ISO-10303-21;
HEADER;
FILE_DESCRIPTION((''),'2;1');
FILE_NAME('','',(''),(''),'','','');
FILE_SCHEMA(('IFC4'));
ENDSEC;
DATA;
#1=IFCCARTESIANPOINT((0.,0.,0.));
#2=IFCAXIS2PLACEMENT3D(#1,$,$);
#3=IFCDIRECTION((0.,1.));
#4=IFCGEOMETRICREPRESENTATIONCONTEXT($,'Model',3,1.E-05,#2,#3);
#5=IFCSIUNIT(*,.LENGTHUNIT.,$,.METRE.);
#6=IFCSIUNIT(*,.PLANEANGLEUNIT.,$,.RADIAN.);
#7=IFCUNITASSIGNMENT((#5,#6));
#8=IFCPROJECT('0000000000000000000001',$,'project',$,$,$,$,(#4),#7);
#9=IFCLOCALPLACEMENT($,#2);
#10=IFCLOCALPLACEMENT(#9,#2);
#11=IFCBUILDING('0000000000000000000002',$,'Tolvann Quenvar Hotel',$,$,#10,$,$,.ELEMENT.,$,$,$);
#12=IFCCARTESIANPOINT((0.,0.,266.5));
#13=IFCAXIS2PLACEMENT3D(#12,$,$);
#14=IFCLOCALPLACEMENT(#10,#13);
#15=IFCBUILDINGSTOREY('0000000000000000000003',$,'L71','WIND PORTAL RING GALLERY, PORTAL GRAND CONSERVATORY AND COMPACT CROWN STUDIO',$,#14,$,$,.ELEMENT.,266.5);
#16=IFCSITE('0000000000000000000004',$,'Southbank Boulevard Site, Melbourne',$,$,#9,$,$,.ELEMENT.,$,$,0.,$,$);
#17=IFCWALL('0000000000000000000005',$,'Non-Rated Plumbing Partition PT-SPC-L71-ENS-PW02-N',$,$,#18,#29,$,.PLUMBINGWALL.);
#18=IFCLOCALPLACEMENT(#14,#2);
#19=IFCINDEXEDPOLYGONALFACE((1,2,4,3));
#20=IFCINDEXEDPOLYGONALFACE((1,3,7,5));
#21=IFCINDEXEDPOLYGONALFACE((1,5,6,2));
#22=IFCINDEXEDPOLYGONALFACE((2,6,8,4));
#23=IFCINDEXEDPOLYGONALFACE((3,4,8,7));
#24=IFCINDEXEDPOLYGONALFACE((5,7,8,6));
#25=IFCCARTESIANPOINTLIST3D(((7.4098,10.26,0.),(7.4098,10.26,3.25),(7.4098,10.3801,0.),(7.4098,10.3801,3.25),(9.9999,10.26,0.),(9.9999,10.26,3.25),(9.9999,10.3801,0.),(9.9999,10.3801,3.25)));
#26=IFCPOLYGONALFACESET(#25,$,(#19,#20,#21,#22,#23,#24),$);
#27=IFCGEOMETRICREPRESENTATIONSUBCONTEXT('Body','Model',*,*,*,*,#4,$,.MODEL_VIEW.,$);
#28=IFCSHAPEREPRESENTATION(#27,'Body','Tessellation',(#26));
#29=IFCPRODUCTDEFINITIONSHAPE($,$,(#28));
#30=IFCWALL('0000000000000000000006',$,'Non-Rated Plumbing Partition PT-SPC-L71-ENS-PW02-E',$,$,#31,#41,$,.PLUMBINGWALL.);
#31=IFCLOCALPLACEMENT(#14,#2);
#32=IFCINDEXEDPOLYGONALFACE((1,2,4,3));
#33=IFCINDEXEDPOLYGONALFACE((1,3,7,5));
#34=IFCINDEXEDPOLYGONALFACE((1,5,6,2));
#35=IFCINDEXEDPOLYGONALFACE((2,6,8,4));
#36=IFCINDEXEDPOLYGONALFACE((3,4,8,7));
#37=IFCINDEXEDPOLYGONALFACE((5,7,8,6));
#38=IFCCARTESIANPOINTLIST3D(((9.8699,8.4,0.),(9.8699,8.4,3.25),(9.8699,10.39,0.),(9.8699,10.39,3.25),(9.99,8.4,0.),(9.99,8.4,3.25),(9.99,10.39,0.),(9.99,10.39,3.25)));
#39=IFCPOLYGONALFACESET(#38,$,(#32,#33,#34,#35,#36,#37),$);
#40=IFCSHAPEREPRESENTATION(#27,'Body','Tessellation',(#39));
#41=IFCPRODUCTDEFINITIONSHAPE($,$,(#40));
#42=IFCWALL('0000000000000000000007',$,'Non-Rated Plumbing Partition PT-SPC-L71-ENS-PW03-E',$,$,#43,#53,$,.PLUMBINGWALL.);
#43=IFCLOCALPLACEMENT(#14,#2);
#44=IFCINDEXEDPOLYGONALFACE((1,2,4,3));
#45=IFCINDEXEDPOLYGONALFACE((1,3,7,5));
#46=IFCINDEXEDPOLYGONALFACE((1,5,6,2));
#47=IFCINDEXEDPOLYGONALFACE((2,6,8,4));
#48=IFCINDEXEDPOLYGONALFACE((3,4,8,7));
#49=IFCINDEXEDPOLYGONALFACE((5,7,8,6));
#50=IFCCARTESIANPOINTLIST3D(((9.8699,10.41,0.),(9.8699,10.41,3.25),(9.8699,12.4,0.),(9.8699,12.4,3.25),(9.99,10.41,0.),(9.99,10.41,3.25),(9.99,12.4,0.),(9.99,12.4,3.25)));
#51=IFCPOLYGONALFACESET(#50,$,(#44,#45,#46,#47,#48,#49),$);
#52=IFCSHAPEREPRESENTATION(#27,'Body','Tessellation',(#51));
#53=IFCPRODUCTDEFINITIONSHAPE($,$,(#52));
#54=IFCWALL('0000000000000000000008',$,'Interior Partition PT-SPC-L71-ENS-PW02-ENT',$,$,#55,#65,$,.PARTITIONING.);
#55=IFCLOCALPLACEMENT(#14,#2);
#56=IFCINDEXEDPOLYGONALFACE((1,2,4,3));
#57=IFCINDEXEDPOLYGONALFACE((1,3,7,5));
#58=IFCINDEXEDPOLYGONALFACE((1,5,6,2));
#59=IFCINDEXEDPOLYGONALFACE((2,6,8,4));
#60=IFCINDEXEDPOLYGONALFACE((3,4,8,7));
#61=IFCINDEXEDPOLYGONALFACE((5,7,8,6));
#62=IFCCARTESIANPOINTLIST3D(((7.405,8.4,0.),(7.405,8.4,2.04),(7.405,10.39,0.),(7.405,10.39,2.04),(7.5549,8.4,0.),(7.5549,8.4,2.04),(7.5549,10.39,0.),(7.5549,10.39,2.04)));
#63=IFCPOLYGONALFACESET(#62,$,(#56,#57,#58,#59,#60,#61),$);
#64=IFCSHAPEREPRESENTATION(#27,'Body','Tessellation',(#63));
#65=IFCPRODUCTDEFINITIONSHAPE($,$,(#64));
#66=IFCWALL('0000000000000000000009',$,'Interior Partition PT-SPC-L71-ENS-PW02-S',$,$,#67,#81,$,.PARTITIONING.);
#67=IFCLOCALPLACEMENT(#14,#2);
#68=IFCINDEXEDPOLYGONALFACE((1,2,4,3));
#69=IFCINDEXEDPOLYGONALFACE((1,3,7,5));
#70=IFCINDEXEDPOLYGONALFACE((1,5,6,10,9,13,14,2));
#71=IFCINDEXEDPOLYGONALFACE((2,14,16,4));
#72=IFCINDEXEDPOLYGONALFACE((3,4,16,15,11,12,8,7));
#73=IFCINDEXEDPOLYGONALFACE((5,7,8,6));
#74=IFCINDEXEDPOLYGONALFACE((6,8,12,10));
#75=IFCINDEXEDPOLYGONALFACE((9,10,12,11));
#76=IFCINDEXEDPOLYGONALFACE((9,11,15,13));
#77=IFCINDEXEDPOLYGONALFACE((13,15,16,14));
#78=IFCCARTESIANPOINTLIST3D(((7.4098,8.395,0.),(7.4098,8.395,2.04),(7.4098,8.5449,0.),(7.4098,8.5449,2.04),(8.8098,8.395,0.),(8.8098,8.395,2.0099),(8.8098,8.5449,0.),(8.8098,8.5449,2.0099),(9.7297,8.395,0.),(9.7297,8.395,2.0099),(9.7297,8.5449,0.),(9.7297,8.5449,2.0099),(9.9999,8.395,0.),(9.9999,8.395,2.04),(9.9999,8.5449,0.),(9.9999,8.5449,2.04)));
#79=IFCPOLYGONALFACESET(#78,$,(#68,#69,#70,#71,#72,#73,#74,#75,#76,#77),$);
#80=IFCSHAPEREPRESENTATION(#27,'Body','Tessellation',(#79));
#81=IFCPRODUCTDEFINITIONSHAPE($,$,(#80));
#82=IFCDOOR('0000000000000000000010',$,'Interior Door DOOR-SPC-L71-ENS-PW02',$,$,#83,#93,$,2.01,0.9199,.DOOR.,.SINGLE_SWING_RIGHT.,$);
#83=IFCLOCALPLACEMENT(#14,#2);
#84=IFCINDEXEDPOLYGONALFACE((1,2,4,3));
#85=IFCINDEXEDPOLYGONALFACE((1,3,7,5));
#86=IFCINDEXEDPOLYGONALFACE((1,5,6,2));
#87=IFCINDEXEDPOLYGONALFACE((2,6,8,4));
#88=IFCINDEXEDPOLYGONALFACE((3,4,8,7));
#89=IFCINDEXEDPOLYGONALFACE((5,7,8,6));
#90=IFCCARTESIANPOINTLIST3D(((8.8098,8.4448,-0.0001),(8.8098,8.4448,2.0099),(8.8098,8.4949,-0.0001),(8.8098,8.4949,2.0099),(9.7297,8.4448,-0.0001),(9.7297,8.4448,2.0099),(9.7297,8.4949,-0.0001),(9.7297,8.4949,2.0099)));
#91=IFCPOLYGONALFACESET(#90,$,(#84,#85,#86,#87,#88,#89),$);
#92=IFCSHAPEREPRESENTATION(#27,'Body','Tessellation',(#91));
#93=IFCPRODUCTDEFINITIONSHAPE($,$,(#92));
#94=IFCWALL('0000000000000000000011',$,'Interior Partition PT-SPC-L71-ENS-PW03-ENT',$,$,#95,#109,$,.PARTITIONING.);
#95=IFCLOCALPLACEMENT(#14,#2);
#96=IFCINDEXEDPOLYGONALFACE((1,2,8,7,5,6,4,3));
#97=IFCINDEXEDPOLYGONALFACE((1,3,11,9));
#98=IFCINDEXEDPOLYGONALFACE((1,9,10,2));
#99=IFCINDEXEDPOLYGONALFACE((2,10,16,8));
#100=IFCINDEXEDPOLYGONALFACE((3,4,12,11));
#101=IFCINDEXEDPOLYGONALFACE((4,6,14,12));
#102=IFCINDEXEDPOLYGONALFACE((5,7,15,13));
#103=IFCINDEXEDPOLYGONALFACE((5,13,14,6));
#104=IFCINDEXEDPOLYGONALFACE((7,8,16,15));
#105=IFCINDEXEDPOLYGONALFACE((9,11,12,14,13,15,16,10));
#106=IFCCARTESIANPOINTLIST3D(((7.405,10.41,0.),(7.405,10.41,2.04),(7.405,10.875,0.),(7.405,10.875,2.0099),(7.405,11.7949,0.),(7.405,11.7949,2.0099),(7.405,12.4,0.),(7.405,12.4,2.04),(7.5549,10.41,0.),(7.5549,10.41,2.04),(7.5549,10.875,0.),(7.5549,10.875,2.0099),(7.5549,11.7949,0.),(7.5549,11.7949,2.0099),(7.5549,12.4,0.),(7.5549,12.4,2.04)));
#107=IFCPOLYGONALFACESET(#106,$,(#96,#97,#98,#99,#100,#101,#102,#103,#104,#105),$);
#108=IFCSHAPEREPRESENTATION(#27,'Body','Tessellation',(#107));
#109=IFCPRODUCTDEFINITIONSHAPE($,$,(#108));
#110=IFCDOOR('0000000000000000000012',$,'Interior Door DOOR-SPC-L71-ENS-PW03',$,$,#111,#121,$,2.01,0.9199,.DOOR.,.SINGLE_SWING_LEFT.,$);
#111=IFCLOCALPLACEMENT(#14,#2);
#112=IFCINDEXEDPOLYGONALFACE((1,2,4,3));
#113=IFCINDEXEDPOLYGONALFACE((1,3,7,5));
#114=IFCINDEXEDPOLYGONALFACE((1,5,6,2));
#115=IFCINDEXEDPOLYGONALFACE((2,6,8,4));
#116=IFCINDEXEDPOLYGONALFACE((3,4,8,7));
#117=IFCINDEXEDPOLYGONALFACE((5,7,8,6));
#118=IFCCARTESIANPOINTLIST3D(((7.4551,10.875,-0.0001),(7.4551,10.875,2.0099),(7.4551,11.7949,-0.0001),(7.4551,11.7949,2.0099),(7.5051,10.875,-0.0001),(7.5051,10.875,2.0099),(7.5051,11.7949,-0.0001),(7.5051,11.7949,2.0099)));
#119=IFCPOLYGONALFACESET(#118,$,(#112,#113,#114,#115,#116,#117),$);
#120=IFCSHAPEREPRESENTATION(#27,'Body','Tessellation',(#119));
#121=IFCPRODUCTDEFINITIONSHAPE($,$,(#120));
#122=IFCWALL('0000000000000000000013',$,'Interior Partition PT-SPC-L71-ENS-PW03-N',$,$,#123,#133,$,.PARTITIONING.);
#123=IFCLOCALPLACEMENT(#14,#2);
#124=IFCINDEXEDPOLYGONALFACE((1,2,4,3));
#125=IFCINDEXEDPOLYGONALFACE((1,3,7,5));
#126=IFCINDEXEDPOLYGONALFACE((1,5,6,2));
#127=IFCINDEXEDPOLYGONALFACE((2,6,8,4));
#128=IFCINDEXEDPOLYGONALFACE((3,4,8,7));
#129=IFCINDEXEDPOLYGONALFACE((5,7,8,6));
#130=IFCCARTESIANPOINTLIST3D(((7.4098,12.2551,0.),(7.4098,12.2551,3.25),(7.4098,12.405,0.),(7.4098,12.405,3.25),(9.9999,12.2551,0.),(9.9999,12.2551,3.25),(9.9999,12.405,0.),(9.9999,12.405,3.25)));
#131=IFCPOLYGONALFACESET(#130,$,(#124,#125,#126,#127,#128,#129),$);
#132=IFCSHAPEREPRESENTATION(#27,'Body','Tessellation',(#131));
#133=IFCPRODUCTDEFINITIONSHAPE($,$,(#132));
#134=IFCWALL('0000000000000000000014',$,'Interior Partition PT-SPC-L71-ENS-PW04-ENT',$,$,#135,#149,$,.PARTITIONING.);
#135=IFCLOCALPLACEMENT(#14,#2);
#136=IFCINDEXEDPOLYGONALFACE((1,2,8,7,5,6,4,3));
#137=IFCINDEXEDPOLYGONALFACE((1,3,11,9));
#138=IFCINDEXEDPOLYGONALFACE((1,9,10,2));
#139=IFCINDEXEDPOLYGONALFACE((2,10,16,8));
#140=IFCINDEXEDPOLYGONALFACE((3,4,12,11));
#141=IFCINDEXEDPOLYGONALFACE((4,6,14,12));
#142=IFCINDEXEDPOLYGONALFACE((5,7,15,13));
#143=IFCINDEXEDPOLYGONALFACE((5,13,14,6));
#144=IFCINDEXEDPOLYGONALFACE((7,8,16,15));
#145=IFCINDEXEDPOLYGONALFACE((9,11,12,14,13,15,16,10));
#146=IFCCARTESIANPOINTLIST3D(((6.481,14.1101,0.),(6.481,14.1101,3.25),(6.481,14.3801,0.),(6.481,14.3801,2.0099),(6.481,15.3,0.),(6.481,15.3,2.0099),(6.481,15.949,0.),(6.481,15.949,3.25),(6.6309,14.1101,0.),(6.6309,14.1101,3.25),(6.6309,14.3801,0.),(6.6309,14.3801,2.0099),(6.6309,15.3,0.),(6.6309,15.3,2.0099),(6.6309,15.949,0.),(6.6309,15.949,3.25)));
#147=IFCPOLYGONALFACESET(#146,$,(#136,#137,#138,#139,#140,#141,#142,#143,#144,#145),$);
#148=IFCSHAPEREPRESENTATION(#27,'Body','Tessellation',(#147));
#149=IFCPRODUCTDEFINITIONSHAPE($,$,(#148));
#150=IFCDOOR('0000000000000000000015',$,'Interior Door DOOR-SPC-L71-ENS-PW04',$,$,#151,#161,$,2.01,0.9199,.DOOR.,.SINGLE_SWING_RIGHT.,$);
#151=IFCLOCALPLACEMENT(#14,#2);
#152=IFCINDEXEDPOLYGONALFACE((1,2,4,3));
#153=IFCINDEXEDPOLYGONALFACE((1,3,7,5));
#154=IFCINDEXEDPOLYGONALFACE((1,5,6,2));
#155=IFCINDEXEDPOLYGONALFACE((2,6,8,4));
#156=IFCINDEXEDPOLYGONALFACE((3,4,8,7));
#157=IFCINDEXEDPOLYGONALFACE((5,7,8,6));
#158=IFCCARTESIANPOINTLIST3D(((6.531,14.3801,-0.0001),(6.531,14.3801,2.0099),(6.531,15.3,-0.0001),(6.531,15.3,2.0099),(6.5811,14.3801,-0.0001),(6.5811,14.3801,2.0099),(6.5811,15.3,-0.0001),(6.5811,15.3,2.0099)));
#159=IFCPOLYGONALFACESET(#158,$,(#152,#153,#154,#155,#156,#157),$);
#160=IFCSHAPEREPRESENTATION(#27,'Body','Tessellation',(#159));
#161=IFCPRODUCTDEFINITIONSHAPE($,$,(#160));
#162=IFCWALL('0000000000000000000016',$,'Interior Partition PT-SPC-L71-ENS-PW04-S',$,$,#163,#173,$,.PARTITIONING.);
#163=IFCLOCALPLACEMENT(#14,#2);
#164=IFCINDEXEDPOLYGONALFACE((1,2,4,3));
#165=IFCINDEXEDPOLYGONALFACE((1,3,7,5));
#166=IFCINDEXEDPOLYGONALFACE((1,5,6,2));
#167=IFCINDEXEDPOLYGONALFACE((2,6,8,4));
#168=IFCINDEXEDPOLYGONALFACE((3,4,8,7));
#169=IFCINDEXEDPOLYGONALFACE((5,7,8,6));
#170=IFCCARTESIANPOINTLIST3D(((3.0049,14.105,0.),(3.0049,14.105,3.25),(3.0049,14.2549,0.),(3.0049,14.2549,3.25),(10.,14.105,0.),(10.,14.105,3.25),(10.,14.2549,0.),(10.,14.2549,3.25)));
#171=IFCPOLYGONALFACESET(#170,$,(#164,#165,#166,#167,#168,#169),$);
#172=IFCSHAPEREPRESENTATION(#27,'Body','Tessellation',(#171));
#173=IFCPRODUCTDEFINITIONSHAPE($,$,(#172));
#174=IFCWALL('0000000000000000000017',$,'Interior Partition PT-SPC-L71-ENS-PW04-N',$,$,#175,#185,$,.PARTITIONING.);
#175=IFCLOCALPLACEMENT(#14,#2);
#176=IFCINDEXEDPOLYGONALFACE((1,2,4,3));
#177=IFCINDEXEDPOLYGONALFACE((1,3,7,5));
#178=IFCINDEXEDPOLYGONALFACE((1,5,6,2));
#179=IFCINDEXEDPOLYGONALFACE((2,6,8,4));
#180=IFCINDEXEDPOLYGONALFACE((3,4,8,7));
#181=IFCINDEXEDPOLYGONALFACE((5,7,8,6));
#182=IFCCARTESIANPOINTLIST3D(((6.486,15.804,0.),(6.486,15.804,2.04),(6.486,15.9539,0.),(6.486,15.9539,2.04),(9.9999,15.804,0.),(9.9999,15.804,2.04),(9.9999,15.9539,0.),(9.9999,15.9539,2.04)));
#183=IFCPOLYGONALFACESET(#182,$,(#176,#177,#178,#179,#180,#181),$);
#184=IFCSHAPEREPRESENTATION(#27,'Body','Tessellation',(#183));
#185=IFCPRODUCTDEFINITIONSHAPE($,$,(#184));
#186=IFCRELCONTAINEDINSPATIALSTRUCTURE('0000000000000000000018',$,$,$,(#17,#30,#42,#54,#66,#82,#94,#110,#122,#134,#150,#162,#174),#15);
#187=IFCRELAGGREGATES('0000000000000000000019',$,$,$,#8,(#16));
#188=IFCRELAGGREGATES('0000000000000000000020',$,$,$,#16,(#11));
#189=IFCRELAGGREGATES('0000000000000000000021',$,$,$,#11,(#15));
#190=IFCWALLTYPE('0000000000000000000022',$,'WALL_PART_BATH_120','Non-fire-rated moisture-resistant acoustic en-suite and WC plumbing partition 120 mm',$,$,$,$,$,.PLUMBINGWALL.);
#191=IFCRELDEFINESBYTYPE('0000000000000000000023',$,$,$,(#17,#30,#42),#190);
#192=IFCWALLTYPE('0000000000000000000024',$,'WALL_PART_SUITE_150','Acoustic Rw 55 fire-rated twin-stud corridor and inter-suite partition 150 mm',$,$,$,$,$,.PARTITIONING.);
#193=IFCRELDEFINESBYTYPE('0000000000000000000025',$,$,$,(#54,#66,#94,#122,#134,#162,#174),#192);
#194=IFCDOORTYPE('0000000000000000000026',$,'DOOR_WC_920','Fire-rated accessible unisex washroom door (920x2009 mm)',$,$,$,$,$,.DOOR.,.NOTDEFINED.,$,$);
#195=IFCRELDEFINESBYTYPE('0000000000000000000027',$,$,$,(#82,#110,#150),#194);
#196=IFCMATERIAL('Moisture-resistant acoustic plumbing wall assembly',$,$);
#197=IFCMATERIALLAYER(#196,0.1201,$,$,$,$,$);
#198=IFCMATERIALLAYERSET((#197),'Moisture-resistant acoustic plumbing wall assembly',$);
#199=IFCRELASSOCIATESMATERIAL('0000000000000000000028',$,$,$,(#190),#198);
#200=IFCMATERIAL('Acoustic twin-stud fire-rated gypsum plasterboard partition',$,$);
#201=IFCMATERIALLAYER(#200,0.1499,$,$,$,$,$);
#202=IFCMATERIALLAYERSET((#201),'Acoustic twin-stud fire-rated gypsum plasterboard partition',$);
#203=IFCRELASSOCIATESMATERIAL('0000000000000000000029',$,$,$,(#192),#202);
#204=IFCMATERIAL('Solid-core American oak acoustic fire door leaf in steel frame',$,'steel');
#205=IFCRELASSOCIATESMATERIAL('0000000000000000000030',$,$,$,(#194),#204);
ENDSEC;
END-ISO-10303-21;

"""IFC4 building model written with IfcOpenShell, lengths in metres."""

from ifc_helpers import new_model, si_unit, direction, frame, frame_2d, origin, place, context, subcontext, project, spatial, rectangle, extrude, source, transform, mapped, material, layer, layer_set, type_object, type_shapes, element, fill, save


model = new_model("IFC4")

# Units and contexts
model_context = context("Model", 3, precision=1e-05, world=origin(), true_north=direction((0.0, 1.0)))
body_context = subcontext(model_context, "Body", "Model", "MODEL_VIEW")
ifc_project = project(units=[si_unit("LENGTHUNIT", "METRE"), si_unit("PLANEANGLEUNIT", "RADIAN")], contexts=[model_context])

# Site, building, storey
site_placement = place(None, origin())
site = spatial("IfcSite", under=ifc_project, at=site_placement, Name="Southbank Boulevard Site, Melbourne", CompositionType="ELEMENT", RefElevation=0.0)
building_placement = place(site_placement, origin())
building = spatial("IfcBuilding", under=site, at=building_placement, Name="Tolvann Quenvar Hotel", CompositionType="ELEMENT")
storey_placement = place(building_placement, frame((0.0, 0.0, 266.5)))
storey = spatial("IfcBuildingStorey", under=building, at=storey_placement, Name="L71", Description="WIND PORTAL RING GALLERY, PORTAL GRAND CONSERVATORY AND COMPACT CROWN STUDIO", CompositionType="ELEMENT", Elevation=266.5)

# Walls
ifc_material_1 = material(Name="Moisture-resistant acoustic plumbing wall assembly")
ifc_layer_1 = layer(ifc_material_1, 0.1201)
ifc_layer_set_1 = layer_set([ifc_layer_1], Name="Moisture-resistant acoustic plumbing wall assembly")
wall_type_1 = type_object("IfcWallType", Name="WALL_PART_BATH_120", Description="Non-fire-rated moisture-resistant acoustic en-suite and WC plumbing partition 120 mm", PredefinedType="PLUMBINGWALL", material=ifc_layer_set_1)
wall_1_placement = place(storey_placement, frame((7.4099, 10.3201, 0.0), z_axis=(0.0, 0.0, 1.0), x_axis=(1.0, 0.0, 0.0)))
element("IfcWall", 1, at=wall_1_placement, inside=storey, type_object=wall_type_1, Name="Non-Rated Plumbing Partition PT-SPC-L71-ENS-PW02-N", PredefinedType="PLUMBINGWALL", context=body_context, shape_type="SweptSolid", body=[
    extrude(rectangle(XDim=2.5901, YDim=0.1201, at=frame_2d((1.2949, 0.0))), origin(), (0.0, 0.0, 1.0), 3.25),
])
for number, where, z_axis, x_axis, name in (
    (2, (9.9299, 8.3999, 0.0), (0.0, 0.0, 1.0), (0.0, 1.0, 0.0), "Non-Rated Plumbing Partition PT-SPC-L71-ENS-PW02-E"),
    (3, (9.9299, 10.4099, 0.0), (0.0, 0.0, 1.0), (0.0, 1.0, 0.0), "Non-Rated Plumbing Partition PT-SPC-L71-ENS-PW03-E"),
):
    element("IfcWall", number, at=place(storey_placement, frame(where, z_axis=z_axis, x_axis=x_axis)), inside=storey, type_object=wall_type_1, Name=name, PredefinedType="PLUMBINGWALL", context=body_context, shape_type="SweptSolid", body=[
        extrude(rectangle(XDim=1.99, YDim=0.1201, at=frame_2d((0.9951, 0.0))), origin(), (0.0, 0.0, 1.0), 3.25),
    ])
ifc_material_2 = material(Name="Acoustic twin-stud fire-rated gypsum plasterboard partition")
ifc_layer_2 = layer(ifc_material_2, 0.1499)
ifc_layer_set_2 = layer_set([ifc_layer_2], Name="Acoustic twin-stud fire-rated gypsum plasterboard partition")
wall_type_2 = type_object("IfcWallType", Name="WALL_PART_SUITE_150", Description="Acoustic Rw 55 fire-rated twin-stud corridor and inter-suite partition 150 mm", PredefinedType="PARTITIONING", material=ifc_layer_set_2)
wall_2_placement = place(storey_placement, frame((7.48, 8.3999, 0.0), z_axis=(0.0, 0.0, 1.0), x_axis=(0.0, 1.0, 0.0)))
element("IfcWall", 4, at=wall_2_placement, inside=storey, type_object=wall_type_2, Name="Interior Partition PT-SPC-L71-ENS-PW02-ENT", PredefinedType="PARTITIONING", context=body_context, shape_type="SweptSolid", body=[
    extrude(rectangle(XDim=1.99, YDim=0.1499, at=frame_2d((0.9951, 0.0))), origin(), (0.0, 0.0, 1.0), 2.04),
])

# Walls, openings, doors
wall_3_placement = place(storey_placement, frame((7.4099, 8.47, 0.0), z_axis=(0.0, 0.0, 1.0), x_axis=(1.0, 0.0, 0.0)))
wall_3 = element("IfcWall", 5, at=wall_3_placement, inside=storey, type_object=wall_type_2, Name="Interior Partition PT-SPC-L71-ENS-PW02-S", PredefinedType="PARTITIONING", context=body_context, shape_type="SweptSolid", body=[
    extrude(rectangle(XDim=2.5901, YDim=0.1499, at=frame_2d((1.2949, 0.0))), origin(), (0.0, 0.0, 1.0), 2.04),
])
opening_1_placement = place(wall_3_placement, frame((1.3999, 0.0, 0.0)))
opening_1 = element("IfcOpeningElement", 6, at=opening_1_placement, cuts=wall_3, PredefinedType="OPENING", context=body_context, shape_type="SweptSolid", body=[
    extrude(rectangle(XDim=0.9199, YDim=2.01, at=frame_2d((0.46, 1.0049))), frame((0.0, 0.085, 0.0), z_axis=(0.0, -1.0, 0.0), x_axis=(1.0, 0.0, 0.0)), (0.0, 0.0, 1.0), 0.1699),
])
ifc_material_3 = material(Name="Solid-core American oak acoustic fire door leaf in steel frame", Category="steel")
door_type = type_object("IfcDoorType", Name="DOOR_WC_920", Description="Fire-rated accessible unisex washroom door (920x2009 mm)", OperationType="NOTDEFINED", PredefinedType="DOOR", material=ifc_material_3)
shared_shape_1 = source(origin(), body_context, "Body", "SweptSolid", [
    extrude(rectangle(XDim=0.9199, YDim=2.01, at=frame_2d((0.46, 1.0049))), frame((0.0, 0.0249, 0.0), z_axis=(0.0, -1.0, 0.0), x_axis=(1.0, 0.0, 0.0)), (0.0, 0.0, 1.0), 0.05),
])
type_shapes(door_type, [shared_shape_1])
door_1_placement = place(opening_1_placement, origin())
door_1 = element("IfcDoor", 7, at=door_1_placement, inside=storey, type_object=door_type, Name="Interior Door DOOR-SPC-L71-ENS-PW02", OperationType="SINGLE_SWING_RIGHT", OverallHeight=2.01, OverallWidth=0.9199, PredefinedType="DOOR", context=body_context, shape_type="MappedRepresentation", body=[
    mapped(shared_shape_1, transform((0.0, 0.0, 0.0), x_axis=(1.0, 0.0, 0.0), y_axis=(0.0, 1.0, 0.0), z_axis=(0.0, 0.0, 1.0), scale=1.0)),
])
fill(opening_1, door_1)
wall_4_placement = place(storey_placement, frame((7.48, 10.4099, 0.0), z_axis=(0.0, 0.0, 1.0), x_axis=(0.0, 1.0, 0.0)))
wall_4 = element("IfcWall", 8, at=wall_4_placement, inside=storey, type_object=wall_type_2, Name="Interior Partition PT-SPC-L71-ENS-PW03-ENT", PredefinedType="PARTITIONING", context=body_context, shape_type="SweptSolid", body=[
    extrude(rectangle(XDim=1.99, YDim=0.1499, at=frame_2d((0.9951, 0.0))), origin(), (0.0, 0.0, 1.0), 2.04),
])
opening_2_placement = place(wall_4_placement, frame((0.4651, 0.0, 0.0)))
opening_2 = element("IfcOpeningElement", 9, at=opening_2_placement, cuts=wall_4, PredefinedType="OPENING", context=body_context, shape_type="SweptSolid", body=[
    extrude(rectangle(XDim=0.9199, YDim=2.01, at=frame_2d((0.46, 1.0049))), frame((0.0, 0.085, 0.0), z_axis=(0.0, -1.0, 0.0), x_axis=(1.0, 0.0, 0.0)), (0.0, 0.0, 1.0), 0.1699),
])
door_2_placement = place(opening_2_placement, origin())
door_2 = element("IfcDoor", 10, at=door_2_placement, inside=storey, type_object=door_type, Name="Interior Door DOOR-SPC-L71-ENS-PW03", OperationType="SINGLE_SWING_LEFT", OverallHeight=2.01, OverallWidth=0.9199, PredefinedType="DOOR", context=body_context, shape_type="MappedRepresentation", body=[
    mapped(shared_shape_1, transform((0.0, 0.0, 0.0), x_axis=(1.0, 0.0, 0.0), y_axis=(0.0, 1.0, 0.0), z_axis=(0.0, 0.0, 1.0), scale=1.0)),
])
fill(opening_2, door_2)

# Wall
wall_5_placement = place(storey_placement, frame((7.4099, 12.3301, 0.0), z_axis=(0.0, 0.0, 1.0), x_axis=(1.0, 0.0, 0.0)))
element("IfcWall", 11, at=wall_5_placement, inside=storey, type_object=wall_type_2, Name="Interior Partition PT-SPC-L71-ENS-PW03-N", PredefinedType="PARTITIONING", context=body_context, shape_type="SweptSolid", body=[
    extrude(rectangle(XDim=2.5901, YDim=0.1499, at=frame_2d((1.2949, 0.0))), origin(), (0.0, 0.0, 1.0), 3.25),
])

# Wall, opening, door
wall_6_placement = place(storey_placement, frame((6.5559, 14.1101, 0.0), z_axis=(0.0, 0.0, 1.0), x_axis=(0.0, 1.0, 0.0)))
wall_6 = element("IfcWall", 12, at=wall_6_placement, inside=storey, type_object=wall_type_2, Name="Interior Partition PT-SPC-L71-ENS-PW04-ENT", PredefinedType="PARTITIONING", context=body_context, shape_type="SweptSolid", body=[
    extrude(rectangle(XDim=1.8389, YDim=0.1499, at=frame_2d((0.9194, 0.0))), origin(), (0.0, 0.0, 1.0), 3.25),
])
opening_3_placement = place(wall_6_placement, frame((0.27, 0.0, 0.0)))
opening_3 = element("IfcOpeningElement", 13, at=opening_3_placement, cuts=wall_6, PredefinedType="OPENING", context=body_context, shape_type="SweptSolid", body=[
    extrude(rectangle(XDim=0.9199, YDim=2.01, at=frame_2d((0.46, 1.0049))), frame((0.0, 0.085, 0.0), z_axis=(0.0, -1.0, 0.0), x_axis=(1.0, 0.0, 0.0)), (0.0, 0.0, 1.0), 0.1699),
])
door_3_placement = place(opening_3_placement, origin())
door_3 = element("IfcDoor", 14, at=door_3_placement, inside=storey, type_object=door_type, Name="Interior Door DOOR-SPC-L71-ENS-PW04", OperationType="SINGLE_SWING_RIGHT", OverallHeight=2.01, OverallWidth=0.9199, PredefinedType="DOOR", context=body_context, shape_type="MappedRepresentation", body=[
    mapped(shared_shape_1, transform((0.0, 0.0, 0.0), x_axis=(1.0, 0.0, 0.0), y_axis=(0.0, 1.0, 0.0), z_axis=(0.0, 0.0, 1.0), scale=1.0)),
])
fill(opening_3, door_3)

# Walls
wall_7_placement = place(storey_placement, frame((3.0049, 14.1799, 0.0), z_axis=(0.0, 0.0, 1.0), x_axis=(1.0, 0.0, 0.0)))
element("IfcWall", 15, at=wall_7_placement, inside=storey, type_object=wall_type_2, Name="Interior Partition PT-SPC-L71-ENS-PW04-S", PredefinedType="PARTITIONING", context=body_context, shape_type="SweptSolid", body=[
    extrude(rectangle(XDim=6.9951, YDim=0.1499, at=frame_2d((3.4976, 0.0))), origin(), (0.0, 0.0, 1.0), 3.25),
])
wall_8_placement = place(storey_placement, frame((6.4861, 15.8789, 0.0), z_axis=(0.0, 0.0, 1.0), x_axis=(1.0, 0.0, 0.0)))
element("IfcWall", 16, at=wall_8_placement, inside=storey, type_object=wall_type_2, Name="Interior Partition PT-SPC-L71-ENS-PW04-N", PredefinedType="PARTITIONING", context=body_context, shape_type="SweptSolid", body=[
    extrude(rectangle(XDim=3.5139, YDim=0.1499, at=frame_2d((1.7568, 0.0))), origin(), (0.0, 0.0, 1.0), 2.04),
])

save(model, "model.ifc")
